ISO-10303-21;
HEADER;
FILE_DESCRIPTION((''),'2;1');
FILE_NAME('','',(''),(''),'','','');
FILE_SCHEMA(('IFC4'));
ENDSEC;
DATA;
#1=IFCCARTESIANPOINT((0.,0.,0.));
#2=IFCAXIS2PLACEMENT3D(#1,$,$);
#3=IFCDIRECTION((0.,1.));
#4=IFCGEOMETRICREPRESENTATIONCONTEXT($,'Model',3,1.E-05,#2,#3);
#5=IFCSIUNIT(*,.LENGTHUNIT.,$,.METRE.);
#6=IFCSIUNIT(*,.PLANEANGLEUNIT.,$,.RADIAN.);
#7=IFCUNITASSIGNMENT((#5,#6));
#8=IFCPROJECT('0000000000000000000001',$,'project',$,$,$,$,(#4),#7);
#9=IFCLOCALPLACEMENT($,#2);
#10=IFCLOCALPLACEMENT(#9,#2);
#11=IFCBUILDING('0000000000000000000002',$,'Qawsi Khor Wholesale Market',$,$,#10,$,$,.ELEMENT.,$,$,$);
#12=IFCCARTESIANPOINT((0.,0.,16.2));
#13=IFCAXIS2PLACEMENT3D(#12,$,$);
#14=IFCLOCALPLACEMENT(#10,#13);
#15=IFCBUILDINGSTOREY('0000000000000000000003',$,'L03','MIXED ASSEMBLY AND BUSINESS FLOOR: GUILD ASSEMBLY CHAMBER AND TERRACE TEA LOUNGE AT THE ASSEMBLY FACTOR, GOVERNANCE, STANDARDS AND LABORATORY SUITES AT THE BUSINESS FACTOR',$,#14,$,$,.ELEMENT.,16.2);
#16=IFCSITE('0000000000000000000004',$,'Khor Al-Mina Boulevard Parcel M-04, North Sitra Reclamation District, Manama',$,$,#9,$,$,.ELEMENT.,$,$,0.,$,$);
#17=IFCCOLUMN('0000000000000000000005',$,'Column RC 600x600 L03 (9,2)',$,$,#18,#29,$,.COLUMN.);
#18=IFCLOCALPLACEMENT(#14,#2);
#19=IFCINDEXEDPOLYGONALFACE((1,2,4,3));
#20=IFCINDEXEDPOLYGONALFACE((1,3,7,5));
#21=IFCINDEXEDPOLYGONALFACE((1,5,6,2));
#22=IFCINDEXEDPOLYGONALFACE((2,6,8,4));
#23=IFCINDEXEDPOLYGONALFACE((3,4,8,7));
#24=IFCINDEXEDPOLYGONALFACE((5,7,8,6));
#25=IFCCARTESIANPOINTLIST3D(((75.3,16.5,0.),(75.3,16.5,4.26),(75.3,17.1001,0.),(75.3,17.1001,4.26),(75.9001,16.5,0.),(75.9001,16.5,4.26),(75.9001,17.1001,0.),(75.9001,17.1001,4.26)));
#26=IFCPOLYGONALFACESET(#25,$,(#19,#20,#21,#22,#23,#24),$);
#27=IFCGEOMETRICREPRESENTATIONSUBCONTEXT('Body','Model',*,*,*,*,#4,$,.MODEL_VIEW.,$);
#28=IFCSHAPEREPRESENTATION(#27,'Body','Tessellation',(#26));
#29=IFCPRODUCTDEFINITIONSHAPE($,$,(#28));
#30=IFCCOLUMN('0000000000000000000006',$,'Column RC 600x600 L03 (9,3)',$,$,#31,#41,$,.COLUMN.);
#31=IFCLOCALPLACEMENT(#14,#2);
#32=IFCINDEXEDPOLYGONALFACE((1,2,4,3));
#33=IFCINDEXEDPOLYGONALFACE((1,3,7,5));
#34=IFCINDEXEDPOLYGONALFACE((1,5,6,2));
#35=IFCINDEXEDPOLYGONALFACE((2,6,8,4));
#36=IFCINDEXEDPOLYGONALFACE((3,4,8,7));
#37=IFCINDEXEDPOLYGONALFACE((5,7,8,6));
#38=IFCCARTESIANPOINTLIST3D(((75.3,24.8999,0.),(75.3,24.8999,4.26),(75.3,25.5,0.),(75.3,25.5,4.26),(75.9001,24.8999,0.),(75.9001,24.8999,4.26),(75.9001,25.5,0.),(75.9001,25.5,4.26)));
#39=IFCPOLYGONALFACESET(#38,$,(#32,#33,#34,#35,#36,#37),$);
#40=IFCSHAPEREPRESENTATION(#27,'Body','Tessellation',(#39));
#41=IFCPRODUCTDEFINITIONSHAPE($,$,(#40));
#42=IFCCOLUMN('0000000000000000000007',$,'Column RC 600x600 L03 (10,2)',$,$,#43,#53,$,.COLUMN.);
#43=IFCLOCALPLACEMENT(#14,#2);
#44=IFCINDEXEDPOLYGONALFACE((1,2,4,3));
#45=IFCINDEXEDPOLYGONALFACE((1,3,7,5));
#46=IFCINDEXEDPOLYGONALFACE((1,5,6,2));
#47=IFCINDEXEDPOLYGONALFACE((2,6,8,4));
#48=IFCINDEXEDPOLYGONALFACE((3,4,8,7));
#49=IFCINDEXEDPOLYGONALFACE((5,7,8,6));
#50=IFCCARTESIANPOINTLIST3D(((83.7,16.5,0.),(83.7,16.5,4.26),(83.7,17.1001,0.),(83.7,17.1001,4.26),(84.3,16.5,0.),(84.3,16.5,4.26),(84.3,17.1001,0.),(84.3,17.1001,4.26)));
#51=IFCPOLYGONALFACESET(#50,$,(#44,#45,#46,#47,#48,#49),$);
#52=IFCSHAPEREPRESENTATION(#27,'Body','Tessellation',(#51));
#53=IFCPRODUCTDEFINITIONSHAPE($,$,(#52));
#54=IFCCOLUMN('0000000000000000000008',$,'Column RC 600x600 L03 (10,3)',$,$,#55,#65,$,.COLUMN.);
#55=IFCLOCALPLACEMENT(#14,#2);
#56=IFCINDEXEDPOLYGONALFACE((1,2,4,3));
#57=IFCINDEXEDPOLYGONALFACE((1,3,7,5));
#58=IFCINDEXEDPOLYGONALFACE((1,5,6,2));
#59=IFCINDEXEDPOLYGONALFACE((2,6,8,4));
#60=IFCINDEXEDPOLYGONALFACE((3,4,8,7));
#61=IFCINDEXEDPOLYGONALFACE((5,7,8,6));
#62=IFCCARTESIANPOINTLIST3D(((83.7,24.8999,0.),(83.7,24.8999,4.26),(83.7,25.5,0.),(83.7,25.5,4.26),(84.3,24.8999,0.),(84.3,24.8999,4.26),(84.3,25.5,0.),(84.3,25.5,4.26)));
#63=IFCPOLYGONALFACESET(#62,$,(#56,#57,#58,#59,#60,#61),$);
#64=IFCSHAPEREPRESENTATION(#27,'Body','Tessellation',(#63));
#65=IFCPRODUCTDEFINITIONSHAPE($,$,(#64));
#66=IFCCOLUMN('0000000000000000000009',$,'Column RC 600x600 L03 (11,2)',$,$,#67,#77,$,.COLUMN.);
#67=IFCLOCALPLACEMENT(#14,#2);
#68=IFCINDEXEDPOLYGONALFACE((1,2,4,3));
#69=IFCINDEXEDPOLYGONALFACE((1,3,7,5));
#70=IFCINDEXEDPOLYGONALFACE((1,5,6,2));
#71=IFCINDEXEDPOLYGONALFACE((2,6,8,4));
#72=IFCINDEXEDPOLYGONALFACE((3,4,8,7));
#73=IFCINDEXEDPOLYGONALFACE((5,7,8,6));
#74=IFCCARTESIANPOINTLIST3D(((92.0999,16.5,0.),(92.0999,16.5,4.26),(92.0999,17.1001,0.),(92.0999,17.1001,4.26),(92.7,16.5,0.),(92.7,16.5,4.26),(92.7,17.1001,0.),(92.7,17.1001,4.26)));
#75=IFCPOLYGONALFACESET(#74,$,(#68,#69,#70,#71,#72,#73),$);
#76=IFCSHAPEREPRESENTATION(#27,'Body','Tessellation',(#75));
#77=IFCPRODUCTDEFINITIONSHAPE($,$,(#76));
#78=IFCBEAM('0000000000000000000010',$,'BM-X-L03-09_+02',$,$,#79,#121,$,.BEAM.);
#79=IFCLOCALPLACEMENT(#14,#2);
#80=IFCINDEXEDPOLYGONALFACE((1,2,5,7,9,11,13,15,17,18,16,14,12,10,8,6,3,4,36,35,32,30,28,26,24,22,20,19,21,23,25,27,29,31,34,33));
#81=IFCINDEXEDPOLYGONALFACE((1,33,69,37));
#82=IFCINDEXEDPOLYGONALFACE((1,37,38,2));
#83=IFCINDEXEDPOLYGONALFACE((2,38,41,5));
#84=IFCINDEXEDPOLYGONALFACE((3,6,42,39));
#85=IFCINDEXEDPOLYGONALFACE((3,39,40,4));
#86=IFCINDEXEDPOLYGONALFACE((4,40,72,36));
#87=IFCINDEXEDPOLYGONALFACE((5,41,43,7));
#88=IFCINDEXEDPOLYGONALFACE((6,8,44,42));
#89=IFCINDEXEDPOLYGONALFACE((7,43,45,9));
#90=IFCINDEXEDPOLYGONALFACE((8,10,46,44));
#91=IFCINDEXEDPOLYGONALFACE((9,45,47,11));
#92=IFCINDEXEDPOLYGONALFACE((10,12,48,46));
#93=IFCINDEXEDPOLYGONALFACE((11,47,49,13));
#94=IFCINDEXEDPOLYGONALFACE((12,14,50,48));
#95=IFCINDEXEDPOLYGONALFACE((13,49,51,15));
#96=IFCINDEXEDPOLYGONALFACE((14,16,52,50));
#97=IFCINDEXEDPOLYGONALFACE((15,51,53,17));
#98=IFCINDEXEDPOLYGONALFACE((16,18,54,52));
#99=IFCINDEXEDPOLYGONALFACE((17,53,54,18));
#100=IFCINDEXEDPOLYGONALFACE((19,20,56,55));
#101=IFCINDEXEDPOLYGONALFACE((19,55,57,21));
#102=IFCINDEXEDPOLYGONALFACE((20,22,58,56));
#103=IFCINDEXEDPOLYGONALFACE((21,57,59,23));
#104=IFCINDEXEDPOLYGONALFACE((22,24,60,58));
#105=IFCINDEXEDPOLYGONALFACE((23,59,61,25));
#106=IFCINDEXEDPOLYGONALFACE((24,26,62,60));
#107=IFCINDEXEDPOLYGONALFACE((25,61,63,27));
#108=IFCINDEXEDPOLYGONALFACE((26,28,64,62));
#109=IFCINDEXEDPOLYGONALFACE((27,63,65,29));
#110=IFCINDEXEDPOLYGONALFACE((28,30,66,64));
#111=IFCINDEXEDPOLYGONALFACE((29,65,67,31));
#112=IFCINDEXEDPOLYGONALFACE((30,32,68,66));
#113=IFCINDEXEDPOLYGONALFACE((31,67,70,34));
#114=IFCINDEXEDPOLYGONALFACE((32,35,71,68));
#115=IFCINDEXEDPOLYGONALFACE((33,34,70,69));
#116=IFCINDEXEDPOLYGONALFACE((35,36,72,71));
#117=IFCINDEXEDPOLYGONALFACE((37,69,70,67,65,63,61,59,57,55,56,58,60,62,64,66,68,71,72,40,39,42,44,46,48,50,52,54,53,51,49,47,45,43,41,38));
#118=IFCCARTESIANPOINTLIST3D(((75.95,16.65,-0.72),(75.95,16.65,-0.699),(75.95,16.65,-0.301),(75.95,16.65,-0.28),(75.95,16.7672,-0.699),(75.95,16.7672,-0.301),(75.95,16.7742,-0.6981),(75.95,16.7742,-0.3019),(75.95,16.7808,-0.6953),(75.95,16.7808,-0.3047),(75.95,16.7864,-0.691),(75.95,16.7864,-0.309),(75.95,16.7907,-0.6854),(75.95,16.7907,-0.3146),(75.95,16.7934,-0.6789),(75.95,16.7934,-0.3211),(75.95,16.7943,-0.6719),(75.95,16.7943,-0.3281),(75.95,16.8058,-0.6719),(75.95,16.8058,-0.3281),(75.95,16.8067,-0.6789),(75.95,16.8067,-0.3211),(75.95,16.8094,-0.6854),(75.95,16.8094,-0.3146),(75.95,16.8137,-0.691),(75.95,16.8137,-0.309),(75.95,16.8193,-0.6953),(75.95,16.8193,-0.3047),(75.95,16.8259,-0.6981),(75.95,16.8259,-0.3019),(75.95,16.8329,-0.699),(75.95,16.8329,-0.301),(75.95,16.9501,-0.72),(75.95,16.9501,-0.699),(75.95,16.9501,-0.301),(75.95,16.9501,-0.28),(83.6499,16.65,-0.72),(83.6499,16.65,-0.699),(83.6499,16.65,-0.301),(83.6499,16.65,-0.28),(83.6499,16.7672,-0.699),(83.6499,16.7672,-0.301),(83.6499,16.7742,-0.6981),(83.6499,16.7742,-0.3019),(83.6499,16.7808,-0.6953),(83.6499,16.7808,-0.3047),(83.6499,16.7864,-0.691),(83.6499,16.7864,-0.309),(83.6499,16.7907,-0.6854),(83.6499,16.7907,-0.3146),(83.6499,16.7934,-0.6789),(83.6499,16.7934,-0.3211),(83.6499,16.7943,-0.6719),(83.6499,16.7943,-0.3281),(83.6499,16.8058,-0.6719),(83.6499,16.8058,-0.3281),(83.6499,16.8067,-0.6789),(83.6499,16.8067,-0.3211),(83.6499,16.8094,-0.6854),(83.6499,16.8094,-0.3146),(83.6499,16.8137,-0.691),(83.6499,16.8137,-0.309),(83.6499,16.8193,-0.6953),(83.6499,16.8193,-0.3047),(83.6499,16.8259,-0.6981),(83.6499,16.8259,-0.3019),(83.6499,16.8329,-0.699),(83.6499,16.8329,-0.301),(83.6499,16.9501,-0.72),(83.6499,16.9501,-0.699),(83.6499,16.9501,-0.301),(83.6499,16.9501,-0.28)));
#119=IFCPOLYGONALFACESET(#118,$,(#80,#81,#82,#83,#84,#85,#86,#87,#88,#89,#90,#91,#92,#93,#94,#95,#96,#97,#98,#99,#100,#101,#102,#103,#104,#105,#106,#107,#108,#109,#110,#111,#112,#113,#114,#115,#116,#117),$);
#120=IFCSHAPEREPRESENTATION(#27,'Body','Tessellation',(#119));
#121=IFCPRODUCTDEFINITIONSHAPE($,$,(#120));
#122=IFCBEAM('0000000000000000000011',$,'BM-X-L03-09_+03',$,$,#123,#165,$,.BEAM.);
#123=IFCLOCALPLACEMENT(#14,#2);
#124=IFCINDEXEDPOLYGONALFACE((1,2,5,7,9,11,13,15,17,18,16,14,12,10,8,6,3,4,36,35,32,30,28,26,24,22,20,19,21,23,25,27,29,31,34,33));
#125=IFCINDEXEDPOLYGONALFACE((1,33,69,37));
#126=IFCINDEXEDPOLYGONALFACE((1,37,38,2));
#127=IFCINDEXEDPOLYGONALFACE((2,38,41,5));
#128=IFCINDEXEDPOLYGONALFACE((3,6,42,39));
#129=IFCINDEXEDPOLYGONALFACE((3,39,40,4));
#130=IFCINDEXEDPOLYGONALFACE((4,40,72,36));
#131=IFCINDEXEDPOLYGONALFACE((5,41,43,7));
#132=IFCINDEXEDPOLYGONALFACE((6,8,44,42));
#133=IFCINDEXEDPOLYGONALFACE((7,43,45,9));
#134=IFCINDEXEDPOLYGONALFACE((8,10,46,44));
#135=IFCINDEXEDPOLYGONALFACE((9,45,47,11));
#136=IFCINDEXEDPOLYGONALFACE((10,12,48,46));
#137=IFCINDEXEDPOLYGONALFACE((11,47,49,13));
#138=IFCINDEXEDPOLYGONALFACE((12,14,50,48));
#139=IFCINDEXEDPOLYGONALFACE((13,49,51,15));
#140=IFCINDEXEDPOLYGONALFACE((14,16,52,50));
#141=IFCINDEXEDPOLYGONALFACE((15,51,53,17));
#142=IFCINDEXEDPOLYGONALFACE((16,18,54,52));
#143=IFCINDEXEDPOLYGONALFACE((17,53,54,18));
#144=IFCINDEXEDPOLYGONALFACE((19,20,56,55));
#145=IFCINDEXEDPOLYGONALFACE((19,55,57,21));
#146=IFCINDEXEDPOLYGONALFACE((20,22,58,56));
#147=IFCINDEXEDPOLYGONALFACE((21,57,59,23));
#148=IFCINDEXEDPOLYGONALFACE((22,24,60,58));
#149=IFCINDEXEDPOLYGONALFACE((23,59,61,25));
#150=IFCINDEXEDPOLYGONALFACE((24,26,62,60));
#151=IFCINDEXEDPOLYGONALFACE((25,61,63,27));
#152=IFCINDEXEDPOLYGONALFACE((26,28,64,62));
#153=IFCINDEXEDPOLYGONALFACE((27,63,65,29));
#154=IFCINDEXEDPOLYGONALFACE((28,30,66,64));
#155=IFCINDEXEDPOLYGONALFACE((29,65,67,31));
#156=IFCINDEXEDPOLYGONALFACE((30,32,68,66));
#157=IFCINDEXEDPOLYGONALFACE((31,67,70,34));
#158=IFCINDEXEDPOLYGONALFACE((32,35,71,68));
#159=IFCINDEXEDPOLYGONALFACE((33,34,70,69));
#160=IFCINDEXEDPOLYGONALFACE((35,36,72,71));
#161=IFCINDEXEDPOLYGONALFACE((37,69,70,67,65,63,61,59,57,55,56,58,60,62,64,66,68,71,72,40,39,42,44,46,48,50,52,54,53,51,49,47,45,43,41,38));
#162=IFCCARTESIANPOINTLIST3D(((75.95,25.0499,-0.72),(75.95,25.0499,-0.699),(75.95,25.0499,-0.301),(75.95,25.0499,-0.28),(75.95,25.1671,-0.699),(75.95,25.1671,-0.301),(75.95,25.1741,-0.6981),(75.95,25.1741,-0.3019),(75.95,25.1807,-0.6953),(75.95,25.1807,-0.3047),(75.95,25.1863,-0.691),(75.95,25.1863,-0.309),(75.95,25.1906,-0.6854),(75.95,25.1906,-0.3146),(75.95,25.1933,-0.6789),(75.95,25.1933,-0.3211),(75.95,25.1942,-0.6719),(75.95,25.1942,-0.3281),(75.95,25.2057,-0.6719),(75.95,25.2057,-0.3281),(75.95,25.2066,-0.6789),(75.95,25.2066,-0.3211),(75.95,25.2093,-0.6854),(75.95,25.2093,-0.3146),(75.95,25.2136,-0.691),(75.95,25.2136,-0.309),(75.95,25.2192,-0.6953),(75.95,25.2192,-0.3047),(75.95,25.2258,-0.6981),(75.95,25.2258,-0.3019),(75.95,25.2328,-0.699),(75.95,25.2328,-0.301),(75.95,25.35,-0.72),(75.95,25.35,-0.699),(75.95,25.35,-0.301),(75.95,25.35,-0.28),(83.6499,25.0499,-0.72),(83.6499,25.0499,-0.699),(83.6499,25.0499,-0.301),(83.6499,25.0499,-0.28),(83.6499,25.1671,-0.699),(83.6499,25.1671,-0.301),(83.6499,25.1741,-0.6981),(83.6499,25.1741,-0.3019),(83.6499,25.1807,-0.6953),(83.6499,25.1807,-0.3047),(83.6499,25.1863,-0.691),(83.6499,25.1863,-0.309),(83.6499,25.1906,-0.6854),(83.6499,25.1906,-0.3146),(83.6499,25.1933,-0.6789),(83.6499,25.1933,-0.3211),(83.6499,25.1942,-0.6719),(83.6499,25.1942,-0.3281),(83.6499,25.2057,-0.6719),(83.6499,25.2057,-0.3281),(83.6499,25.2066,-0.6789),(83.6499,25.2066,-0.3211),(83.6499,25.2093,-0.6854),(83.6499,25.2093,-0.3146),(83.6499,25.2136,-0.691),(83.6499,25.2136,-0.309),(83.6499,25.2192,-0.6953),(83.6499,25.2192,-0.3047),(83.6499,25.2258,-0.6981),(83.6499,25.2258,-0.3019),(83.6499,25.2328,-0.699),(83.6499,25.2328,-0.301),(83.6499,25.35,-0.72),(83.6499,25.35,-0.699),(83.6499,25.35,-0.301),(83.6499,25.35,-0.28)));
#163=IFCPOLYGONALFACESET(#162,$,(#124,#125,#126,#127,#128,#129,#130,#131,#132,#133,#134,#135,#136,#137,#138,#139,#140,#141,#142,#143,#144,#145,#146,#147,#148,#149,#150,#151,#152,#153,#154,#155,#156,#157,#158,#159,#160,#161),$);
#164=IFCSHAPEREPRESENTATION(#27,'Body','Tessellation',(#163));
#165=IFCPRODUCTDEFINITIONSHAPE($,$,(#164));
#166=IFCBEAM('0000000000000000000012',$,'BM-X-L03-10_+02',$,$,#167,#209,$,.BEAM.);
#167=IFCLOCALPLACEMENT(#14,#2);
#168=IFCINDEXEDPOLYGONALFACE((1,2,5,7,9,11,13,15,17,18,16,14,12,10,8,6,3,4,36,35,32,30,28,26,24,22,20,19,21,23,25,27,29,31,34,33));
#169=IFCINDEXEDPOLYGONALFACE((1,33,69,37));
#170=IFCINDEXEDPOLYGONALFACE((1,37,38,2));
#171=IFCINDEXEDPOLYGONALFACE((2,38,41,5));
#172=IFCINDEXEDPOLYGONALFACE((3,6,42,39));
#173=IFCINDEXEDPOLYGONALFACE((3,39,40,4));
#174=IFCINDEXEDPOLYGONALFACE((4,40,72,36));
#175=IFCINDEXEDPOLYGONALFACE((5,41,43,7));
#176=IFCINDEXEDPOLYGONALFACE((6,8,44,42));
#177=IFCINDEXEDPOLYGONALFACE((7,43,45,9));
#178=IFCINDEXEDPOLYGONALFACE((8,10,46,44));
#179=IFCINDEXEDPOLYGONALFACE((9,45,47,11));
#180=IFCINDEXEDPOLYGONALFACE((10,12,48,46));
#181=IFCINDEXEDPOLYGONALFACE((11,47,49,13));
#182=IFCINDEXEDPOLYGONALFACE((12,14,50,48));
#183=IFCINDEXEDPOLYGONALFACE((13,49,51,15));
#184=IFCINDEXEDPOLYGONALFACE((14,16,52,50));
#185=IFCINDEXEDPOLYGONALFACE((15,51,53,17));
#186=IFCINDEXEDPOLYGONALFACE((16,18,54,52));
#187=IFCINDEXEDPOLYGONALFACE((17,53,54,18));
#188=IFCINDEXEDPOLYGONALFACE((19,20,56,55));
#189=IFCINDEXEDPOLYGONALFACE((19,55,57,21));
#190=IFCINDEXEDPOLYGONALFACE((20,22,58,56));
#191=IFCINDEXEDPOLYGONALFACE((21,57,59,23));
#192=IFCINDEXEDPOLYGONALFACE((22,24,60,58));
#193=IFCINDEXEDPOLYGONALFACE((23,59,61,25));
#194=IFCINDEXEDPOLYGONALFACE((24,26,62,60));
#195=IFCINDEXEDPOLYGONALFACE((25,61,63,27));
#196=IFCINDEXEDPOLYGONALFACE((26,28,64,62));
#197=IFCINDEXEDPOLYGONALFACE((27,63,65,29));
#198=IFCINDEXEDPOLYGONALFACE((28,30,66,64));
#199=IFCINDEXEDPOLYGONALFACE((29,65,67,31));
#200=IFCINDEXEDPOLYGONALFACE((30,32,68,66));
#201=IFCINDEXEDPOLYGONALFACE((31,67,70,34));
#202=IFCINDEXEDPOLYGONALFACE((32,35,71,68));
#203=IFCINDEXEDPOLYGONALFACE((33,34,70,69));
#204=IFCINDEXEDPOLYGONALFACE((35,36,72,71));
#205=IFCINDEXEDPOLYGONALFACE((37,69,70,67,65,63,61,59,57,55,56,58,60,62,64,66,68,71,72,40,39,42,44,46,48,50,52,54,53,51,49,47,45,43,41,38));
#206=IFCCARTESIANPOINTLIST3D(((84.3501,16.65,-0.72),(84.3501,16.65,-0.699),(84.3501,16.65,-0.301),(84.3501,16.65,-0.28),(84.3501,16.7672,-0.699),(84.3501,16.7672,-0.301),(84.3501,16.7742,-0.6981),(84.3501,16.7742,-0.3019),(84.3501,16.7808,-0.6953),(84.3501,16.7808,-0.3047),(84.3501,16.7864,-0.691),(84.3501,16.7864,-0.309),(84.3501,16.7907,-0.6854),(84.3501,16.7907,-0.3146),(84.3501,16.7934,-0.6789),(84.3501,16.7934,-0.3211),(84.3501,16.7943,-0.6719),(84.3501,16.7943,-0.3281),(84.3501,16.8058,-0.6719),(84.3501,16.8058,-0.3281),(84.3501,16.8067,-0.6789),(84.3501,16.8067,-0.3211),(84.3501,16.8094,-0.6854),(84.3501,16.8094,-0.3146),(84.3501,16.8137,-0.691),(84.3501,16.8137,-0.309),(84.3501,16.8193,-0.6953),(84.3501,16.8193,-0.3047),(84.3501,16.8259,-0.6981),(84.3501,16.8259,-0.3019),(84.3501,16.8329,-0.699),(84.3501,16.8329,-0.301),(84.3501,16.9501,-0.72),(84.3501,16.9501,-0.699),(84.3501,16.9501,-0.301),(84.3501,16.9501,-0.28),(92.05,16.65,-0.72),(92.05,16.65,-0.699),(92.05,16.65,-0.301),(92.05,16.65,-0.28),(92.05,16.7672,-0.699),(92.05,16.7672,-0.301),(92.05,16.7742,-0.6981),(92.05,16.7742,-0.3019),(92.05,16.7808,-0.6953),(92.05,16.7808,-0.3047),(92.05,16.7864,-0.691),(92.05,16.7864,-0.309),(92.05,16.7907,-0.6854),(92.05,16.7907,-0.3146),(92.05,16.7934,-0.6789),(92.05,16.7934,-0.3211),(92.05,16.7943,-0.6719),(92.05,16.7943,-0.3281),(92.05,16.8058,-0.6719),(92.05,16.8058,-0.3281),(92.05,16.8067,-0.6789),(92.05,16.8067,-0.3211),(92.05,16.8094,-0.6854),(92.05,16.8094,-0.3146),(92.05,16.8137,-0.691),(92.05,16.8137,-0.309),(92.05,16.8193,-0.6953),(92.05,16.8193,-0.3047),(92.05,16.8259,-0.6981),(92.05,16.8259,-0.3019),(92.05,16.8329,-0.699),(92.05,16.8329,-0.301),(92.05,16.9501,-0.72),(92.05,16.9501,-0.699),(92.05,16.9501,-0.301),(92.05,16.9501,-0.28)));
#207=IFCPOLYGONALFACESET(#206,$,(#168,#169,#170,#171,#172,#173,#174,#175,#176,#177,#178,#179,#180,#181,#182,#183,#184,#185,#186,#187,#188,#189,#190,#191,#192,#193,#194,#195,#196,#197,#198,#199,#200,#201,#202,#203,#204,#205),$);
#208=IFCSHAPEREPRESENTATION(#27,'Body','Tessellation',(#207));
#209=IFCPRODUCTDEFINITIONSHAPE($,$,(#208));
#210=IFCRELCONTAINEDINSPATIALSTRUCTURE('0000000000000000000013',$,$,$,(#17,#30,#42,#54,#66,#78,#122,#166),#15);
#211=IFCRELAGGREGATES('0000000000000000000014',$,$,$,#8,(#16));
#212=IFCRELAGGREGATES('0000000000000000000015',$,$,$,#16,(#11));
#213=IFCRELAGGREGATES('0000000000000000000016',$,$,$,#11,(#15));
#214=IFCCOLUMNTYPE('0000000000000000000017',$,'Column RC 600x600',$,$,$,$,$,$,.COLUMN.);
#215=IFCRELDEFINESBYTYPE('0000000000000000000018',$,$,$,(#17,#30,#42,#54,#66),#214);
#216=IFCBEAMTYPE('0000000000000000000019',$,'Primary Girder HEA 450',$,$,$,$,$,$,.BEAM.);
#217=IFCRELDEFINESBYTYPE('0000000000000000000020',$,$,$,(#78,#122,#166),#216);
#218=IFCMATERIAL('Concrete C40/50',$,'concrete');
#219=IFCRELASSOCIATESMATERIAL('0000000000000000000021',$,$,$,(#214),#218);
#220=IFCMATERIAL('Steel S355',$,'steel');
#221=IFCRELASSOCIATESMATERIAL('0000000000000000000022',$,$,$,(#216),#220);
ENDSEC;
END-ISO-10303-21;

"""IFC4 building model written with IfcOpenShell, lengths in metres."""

from ifc_helpers import new_model, si_unit, direction, frame, origin, origin_2d, place, context, subcontext, project, spatial, rectangle, i_section, extrude, material, material_profile, profile_set, type_object, element, save


model = new_model("IFC4")

# Units and contexts
model_context = context("Model", 3, precision=1e-05, world=origin(), true_north=direction((0.0, 1.0)))
body_context = subcontext(model_context, "Body", "Model", "MODEL_VIEW")
ifc_project = project(units=[si_unit("LENGTHUNIT", "METRE"), si_unit("PLANEANGLEUNIT", "RADIAN")], contexts=[model_context])

# Site, building, storey
site_placement = place(None, origin())
site = spatial("IfcSite", under=ifc_project, at=site_placement, Name="Khor Al-Mina Boulevard Parcel M-04, North Sitra Reclamation District, Manama", CompositionType="ELEMENT", RefElevation=0.0)
building_placement = place(site_placement, origin())
building = spatial("IfcBuilding", under=site, at=building_placement, Name="Qawsi Khor Wholesale Market", CompositionType="ELEMENT")
storey_placement = place(building_placement, frame((0.0, 0.0, 16.2)))
storey = spatial("IfcBuildingStorey", under=building, at=storey_placement, Name="L03", Description="MIXED ASSEMBLY AND BUSINESS FLOOR: GUILD ASSEMBLY CHAMBER AND TERRACE TEA LOUNGE AT THE ASSEMBLY FACTOR, GOVERNANCE, STANDARDS AND LABORATORY SUITES AT THE BUSINESS FACTOR", CompositionType="ELEMENT", Elevation=16.2)

# Columns
ifc_material_1 = material(Name="Concrete C40/50", Category="concrete")
ifc_material_profile_1 = material_profile(ifc_material_1, rectangle(XDim=0.6001, YDim=0.6001, at=origin_2d()), Name="RC 600x600")
ifc_profile_set_1 = profile_set([ifc_material_profile_1], Name="Concrete C40/50")
column_type = type_object("IfcColumnType", Name="Column RC 600x600", PredefinedType="COLUMN", material=ifc_profile_set_1)
for number, where, z_axis, x_axis, name in (
    (1, (75.6001, 16.8, 0.0), (0.0, 0.0, 1.0), (1.0, 0.0, 0.0), "Column RC 600x600 L03 (9,2)"),
    (2, (75.6001, 25.2, 0.0), (0.0, 0.0, 1.0), (1.0, 0.0, 0.0), "Column RC 600x600 L03 (9,3)"),
    (3, (84.0, 16.8, 0.0), (0.0, 0.0, 1.0), (1.0, 0.0, 0.0), "Column RC 600x600 L03 (10,2)"),
    (4, (84.0, 25.2, 0.0), (0.0, 0.0, 1.0), (1.0, 0.0, 0.0), "Column RC 600x600 L03 (10,3)"),
    (5, (92.3999, 16.8, 0.0), (0.0, 0.0, 1.0), (1.0, 0.0, 0.0), "Column RC 600x600 L03 (11,2)"),
):
    element("IfcColumn", number, at=place(storey_placement, frame(where, z_axis=z_axis, x_axis=x_axis)), inside=storey, type_object=column_type, Name=name, PredefinedType="COLUMN", context=body_context, shape_type="SweptSolid", body=[
        extrude(rectangle(XDim=0.6001, YDim=0.6001, at=origin_2d()), origin(), (0.0, 0.0, 1.0), 4.26),
    ])

# Beams
ifc_material_2 = material(Name="Steel S355", Category="steel")
ifc_material_profile_2 = material_profile(ifc_material_2, i_section(OverallWidth=0.3, OverallDepth=0.4399, WebThickness=0.0115, FlangeThickness=0.021, FilletRadius=0.0271, at=origin_2d()), Name="HEA 450")
ifc_profile_set_2 = profile_set([ifc_material_profile_2], Name="Steel S355")
beam_type_1 = type_object("IfcBeamType", Name="Primary Girder HEA 450", PredefinedType="BEAM", material=ifc_profile_set_2)
for number, where, z_axis, x_axis, name in (
    (6, (75.95, 16.8, -0.5), (1.0, 0.0, 0.0), (0.0, 1.0, 0.0), "BM-X-L03-09_+02"),
    (7, (75.95, 25.2, -0.5), (1.0, 0.0, 0.0), (0.0, 1.0, 0.0), "BM-X-L03-09_+03"),
    (8, (84.3501, 16.8, -0.5), (1.0, 0.0, 0.0), (0.0, 1.0, 0.0), "BM-X-L03-10_+02"),
):
    element("IfcBeam", number, at=place(storey_placement, frame(where, z_axis=z_axis, x_axis=x_axis)), inside=storey, type_object=beam_type_1, Name=name, PredefinedType="BEAM", context=body_context, shape_type="SweptSolid", body=[
        extrude(i_section(OverallWidth=0.3, OverallDepth=0.4399, WebThickness=0.0115, FlangeThickness=0.021, FilletRadius=0.0271, at=origin_2d()), origin(), (0.0, 0.0, 1.0), 7.7),
    ])

save(model, "model.ifc")
